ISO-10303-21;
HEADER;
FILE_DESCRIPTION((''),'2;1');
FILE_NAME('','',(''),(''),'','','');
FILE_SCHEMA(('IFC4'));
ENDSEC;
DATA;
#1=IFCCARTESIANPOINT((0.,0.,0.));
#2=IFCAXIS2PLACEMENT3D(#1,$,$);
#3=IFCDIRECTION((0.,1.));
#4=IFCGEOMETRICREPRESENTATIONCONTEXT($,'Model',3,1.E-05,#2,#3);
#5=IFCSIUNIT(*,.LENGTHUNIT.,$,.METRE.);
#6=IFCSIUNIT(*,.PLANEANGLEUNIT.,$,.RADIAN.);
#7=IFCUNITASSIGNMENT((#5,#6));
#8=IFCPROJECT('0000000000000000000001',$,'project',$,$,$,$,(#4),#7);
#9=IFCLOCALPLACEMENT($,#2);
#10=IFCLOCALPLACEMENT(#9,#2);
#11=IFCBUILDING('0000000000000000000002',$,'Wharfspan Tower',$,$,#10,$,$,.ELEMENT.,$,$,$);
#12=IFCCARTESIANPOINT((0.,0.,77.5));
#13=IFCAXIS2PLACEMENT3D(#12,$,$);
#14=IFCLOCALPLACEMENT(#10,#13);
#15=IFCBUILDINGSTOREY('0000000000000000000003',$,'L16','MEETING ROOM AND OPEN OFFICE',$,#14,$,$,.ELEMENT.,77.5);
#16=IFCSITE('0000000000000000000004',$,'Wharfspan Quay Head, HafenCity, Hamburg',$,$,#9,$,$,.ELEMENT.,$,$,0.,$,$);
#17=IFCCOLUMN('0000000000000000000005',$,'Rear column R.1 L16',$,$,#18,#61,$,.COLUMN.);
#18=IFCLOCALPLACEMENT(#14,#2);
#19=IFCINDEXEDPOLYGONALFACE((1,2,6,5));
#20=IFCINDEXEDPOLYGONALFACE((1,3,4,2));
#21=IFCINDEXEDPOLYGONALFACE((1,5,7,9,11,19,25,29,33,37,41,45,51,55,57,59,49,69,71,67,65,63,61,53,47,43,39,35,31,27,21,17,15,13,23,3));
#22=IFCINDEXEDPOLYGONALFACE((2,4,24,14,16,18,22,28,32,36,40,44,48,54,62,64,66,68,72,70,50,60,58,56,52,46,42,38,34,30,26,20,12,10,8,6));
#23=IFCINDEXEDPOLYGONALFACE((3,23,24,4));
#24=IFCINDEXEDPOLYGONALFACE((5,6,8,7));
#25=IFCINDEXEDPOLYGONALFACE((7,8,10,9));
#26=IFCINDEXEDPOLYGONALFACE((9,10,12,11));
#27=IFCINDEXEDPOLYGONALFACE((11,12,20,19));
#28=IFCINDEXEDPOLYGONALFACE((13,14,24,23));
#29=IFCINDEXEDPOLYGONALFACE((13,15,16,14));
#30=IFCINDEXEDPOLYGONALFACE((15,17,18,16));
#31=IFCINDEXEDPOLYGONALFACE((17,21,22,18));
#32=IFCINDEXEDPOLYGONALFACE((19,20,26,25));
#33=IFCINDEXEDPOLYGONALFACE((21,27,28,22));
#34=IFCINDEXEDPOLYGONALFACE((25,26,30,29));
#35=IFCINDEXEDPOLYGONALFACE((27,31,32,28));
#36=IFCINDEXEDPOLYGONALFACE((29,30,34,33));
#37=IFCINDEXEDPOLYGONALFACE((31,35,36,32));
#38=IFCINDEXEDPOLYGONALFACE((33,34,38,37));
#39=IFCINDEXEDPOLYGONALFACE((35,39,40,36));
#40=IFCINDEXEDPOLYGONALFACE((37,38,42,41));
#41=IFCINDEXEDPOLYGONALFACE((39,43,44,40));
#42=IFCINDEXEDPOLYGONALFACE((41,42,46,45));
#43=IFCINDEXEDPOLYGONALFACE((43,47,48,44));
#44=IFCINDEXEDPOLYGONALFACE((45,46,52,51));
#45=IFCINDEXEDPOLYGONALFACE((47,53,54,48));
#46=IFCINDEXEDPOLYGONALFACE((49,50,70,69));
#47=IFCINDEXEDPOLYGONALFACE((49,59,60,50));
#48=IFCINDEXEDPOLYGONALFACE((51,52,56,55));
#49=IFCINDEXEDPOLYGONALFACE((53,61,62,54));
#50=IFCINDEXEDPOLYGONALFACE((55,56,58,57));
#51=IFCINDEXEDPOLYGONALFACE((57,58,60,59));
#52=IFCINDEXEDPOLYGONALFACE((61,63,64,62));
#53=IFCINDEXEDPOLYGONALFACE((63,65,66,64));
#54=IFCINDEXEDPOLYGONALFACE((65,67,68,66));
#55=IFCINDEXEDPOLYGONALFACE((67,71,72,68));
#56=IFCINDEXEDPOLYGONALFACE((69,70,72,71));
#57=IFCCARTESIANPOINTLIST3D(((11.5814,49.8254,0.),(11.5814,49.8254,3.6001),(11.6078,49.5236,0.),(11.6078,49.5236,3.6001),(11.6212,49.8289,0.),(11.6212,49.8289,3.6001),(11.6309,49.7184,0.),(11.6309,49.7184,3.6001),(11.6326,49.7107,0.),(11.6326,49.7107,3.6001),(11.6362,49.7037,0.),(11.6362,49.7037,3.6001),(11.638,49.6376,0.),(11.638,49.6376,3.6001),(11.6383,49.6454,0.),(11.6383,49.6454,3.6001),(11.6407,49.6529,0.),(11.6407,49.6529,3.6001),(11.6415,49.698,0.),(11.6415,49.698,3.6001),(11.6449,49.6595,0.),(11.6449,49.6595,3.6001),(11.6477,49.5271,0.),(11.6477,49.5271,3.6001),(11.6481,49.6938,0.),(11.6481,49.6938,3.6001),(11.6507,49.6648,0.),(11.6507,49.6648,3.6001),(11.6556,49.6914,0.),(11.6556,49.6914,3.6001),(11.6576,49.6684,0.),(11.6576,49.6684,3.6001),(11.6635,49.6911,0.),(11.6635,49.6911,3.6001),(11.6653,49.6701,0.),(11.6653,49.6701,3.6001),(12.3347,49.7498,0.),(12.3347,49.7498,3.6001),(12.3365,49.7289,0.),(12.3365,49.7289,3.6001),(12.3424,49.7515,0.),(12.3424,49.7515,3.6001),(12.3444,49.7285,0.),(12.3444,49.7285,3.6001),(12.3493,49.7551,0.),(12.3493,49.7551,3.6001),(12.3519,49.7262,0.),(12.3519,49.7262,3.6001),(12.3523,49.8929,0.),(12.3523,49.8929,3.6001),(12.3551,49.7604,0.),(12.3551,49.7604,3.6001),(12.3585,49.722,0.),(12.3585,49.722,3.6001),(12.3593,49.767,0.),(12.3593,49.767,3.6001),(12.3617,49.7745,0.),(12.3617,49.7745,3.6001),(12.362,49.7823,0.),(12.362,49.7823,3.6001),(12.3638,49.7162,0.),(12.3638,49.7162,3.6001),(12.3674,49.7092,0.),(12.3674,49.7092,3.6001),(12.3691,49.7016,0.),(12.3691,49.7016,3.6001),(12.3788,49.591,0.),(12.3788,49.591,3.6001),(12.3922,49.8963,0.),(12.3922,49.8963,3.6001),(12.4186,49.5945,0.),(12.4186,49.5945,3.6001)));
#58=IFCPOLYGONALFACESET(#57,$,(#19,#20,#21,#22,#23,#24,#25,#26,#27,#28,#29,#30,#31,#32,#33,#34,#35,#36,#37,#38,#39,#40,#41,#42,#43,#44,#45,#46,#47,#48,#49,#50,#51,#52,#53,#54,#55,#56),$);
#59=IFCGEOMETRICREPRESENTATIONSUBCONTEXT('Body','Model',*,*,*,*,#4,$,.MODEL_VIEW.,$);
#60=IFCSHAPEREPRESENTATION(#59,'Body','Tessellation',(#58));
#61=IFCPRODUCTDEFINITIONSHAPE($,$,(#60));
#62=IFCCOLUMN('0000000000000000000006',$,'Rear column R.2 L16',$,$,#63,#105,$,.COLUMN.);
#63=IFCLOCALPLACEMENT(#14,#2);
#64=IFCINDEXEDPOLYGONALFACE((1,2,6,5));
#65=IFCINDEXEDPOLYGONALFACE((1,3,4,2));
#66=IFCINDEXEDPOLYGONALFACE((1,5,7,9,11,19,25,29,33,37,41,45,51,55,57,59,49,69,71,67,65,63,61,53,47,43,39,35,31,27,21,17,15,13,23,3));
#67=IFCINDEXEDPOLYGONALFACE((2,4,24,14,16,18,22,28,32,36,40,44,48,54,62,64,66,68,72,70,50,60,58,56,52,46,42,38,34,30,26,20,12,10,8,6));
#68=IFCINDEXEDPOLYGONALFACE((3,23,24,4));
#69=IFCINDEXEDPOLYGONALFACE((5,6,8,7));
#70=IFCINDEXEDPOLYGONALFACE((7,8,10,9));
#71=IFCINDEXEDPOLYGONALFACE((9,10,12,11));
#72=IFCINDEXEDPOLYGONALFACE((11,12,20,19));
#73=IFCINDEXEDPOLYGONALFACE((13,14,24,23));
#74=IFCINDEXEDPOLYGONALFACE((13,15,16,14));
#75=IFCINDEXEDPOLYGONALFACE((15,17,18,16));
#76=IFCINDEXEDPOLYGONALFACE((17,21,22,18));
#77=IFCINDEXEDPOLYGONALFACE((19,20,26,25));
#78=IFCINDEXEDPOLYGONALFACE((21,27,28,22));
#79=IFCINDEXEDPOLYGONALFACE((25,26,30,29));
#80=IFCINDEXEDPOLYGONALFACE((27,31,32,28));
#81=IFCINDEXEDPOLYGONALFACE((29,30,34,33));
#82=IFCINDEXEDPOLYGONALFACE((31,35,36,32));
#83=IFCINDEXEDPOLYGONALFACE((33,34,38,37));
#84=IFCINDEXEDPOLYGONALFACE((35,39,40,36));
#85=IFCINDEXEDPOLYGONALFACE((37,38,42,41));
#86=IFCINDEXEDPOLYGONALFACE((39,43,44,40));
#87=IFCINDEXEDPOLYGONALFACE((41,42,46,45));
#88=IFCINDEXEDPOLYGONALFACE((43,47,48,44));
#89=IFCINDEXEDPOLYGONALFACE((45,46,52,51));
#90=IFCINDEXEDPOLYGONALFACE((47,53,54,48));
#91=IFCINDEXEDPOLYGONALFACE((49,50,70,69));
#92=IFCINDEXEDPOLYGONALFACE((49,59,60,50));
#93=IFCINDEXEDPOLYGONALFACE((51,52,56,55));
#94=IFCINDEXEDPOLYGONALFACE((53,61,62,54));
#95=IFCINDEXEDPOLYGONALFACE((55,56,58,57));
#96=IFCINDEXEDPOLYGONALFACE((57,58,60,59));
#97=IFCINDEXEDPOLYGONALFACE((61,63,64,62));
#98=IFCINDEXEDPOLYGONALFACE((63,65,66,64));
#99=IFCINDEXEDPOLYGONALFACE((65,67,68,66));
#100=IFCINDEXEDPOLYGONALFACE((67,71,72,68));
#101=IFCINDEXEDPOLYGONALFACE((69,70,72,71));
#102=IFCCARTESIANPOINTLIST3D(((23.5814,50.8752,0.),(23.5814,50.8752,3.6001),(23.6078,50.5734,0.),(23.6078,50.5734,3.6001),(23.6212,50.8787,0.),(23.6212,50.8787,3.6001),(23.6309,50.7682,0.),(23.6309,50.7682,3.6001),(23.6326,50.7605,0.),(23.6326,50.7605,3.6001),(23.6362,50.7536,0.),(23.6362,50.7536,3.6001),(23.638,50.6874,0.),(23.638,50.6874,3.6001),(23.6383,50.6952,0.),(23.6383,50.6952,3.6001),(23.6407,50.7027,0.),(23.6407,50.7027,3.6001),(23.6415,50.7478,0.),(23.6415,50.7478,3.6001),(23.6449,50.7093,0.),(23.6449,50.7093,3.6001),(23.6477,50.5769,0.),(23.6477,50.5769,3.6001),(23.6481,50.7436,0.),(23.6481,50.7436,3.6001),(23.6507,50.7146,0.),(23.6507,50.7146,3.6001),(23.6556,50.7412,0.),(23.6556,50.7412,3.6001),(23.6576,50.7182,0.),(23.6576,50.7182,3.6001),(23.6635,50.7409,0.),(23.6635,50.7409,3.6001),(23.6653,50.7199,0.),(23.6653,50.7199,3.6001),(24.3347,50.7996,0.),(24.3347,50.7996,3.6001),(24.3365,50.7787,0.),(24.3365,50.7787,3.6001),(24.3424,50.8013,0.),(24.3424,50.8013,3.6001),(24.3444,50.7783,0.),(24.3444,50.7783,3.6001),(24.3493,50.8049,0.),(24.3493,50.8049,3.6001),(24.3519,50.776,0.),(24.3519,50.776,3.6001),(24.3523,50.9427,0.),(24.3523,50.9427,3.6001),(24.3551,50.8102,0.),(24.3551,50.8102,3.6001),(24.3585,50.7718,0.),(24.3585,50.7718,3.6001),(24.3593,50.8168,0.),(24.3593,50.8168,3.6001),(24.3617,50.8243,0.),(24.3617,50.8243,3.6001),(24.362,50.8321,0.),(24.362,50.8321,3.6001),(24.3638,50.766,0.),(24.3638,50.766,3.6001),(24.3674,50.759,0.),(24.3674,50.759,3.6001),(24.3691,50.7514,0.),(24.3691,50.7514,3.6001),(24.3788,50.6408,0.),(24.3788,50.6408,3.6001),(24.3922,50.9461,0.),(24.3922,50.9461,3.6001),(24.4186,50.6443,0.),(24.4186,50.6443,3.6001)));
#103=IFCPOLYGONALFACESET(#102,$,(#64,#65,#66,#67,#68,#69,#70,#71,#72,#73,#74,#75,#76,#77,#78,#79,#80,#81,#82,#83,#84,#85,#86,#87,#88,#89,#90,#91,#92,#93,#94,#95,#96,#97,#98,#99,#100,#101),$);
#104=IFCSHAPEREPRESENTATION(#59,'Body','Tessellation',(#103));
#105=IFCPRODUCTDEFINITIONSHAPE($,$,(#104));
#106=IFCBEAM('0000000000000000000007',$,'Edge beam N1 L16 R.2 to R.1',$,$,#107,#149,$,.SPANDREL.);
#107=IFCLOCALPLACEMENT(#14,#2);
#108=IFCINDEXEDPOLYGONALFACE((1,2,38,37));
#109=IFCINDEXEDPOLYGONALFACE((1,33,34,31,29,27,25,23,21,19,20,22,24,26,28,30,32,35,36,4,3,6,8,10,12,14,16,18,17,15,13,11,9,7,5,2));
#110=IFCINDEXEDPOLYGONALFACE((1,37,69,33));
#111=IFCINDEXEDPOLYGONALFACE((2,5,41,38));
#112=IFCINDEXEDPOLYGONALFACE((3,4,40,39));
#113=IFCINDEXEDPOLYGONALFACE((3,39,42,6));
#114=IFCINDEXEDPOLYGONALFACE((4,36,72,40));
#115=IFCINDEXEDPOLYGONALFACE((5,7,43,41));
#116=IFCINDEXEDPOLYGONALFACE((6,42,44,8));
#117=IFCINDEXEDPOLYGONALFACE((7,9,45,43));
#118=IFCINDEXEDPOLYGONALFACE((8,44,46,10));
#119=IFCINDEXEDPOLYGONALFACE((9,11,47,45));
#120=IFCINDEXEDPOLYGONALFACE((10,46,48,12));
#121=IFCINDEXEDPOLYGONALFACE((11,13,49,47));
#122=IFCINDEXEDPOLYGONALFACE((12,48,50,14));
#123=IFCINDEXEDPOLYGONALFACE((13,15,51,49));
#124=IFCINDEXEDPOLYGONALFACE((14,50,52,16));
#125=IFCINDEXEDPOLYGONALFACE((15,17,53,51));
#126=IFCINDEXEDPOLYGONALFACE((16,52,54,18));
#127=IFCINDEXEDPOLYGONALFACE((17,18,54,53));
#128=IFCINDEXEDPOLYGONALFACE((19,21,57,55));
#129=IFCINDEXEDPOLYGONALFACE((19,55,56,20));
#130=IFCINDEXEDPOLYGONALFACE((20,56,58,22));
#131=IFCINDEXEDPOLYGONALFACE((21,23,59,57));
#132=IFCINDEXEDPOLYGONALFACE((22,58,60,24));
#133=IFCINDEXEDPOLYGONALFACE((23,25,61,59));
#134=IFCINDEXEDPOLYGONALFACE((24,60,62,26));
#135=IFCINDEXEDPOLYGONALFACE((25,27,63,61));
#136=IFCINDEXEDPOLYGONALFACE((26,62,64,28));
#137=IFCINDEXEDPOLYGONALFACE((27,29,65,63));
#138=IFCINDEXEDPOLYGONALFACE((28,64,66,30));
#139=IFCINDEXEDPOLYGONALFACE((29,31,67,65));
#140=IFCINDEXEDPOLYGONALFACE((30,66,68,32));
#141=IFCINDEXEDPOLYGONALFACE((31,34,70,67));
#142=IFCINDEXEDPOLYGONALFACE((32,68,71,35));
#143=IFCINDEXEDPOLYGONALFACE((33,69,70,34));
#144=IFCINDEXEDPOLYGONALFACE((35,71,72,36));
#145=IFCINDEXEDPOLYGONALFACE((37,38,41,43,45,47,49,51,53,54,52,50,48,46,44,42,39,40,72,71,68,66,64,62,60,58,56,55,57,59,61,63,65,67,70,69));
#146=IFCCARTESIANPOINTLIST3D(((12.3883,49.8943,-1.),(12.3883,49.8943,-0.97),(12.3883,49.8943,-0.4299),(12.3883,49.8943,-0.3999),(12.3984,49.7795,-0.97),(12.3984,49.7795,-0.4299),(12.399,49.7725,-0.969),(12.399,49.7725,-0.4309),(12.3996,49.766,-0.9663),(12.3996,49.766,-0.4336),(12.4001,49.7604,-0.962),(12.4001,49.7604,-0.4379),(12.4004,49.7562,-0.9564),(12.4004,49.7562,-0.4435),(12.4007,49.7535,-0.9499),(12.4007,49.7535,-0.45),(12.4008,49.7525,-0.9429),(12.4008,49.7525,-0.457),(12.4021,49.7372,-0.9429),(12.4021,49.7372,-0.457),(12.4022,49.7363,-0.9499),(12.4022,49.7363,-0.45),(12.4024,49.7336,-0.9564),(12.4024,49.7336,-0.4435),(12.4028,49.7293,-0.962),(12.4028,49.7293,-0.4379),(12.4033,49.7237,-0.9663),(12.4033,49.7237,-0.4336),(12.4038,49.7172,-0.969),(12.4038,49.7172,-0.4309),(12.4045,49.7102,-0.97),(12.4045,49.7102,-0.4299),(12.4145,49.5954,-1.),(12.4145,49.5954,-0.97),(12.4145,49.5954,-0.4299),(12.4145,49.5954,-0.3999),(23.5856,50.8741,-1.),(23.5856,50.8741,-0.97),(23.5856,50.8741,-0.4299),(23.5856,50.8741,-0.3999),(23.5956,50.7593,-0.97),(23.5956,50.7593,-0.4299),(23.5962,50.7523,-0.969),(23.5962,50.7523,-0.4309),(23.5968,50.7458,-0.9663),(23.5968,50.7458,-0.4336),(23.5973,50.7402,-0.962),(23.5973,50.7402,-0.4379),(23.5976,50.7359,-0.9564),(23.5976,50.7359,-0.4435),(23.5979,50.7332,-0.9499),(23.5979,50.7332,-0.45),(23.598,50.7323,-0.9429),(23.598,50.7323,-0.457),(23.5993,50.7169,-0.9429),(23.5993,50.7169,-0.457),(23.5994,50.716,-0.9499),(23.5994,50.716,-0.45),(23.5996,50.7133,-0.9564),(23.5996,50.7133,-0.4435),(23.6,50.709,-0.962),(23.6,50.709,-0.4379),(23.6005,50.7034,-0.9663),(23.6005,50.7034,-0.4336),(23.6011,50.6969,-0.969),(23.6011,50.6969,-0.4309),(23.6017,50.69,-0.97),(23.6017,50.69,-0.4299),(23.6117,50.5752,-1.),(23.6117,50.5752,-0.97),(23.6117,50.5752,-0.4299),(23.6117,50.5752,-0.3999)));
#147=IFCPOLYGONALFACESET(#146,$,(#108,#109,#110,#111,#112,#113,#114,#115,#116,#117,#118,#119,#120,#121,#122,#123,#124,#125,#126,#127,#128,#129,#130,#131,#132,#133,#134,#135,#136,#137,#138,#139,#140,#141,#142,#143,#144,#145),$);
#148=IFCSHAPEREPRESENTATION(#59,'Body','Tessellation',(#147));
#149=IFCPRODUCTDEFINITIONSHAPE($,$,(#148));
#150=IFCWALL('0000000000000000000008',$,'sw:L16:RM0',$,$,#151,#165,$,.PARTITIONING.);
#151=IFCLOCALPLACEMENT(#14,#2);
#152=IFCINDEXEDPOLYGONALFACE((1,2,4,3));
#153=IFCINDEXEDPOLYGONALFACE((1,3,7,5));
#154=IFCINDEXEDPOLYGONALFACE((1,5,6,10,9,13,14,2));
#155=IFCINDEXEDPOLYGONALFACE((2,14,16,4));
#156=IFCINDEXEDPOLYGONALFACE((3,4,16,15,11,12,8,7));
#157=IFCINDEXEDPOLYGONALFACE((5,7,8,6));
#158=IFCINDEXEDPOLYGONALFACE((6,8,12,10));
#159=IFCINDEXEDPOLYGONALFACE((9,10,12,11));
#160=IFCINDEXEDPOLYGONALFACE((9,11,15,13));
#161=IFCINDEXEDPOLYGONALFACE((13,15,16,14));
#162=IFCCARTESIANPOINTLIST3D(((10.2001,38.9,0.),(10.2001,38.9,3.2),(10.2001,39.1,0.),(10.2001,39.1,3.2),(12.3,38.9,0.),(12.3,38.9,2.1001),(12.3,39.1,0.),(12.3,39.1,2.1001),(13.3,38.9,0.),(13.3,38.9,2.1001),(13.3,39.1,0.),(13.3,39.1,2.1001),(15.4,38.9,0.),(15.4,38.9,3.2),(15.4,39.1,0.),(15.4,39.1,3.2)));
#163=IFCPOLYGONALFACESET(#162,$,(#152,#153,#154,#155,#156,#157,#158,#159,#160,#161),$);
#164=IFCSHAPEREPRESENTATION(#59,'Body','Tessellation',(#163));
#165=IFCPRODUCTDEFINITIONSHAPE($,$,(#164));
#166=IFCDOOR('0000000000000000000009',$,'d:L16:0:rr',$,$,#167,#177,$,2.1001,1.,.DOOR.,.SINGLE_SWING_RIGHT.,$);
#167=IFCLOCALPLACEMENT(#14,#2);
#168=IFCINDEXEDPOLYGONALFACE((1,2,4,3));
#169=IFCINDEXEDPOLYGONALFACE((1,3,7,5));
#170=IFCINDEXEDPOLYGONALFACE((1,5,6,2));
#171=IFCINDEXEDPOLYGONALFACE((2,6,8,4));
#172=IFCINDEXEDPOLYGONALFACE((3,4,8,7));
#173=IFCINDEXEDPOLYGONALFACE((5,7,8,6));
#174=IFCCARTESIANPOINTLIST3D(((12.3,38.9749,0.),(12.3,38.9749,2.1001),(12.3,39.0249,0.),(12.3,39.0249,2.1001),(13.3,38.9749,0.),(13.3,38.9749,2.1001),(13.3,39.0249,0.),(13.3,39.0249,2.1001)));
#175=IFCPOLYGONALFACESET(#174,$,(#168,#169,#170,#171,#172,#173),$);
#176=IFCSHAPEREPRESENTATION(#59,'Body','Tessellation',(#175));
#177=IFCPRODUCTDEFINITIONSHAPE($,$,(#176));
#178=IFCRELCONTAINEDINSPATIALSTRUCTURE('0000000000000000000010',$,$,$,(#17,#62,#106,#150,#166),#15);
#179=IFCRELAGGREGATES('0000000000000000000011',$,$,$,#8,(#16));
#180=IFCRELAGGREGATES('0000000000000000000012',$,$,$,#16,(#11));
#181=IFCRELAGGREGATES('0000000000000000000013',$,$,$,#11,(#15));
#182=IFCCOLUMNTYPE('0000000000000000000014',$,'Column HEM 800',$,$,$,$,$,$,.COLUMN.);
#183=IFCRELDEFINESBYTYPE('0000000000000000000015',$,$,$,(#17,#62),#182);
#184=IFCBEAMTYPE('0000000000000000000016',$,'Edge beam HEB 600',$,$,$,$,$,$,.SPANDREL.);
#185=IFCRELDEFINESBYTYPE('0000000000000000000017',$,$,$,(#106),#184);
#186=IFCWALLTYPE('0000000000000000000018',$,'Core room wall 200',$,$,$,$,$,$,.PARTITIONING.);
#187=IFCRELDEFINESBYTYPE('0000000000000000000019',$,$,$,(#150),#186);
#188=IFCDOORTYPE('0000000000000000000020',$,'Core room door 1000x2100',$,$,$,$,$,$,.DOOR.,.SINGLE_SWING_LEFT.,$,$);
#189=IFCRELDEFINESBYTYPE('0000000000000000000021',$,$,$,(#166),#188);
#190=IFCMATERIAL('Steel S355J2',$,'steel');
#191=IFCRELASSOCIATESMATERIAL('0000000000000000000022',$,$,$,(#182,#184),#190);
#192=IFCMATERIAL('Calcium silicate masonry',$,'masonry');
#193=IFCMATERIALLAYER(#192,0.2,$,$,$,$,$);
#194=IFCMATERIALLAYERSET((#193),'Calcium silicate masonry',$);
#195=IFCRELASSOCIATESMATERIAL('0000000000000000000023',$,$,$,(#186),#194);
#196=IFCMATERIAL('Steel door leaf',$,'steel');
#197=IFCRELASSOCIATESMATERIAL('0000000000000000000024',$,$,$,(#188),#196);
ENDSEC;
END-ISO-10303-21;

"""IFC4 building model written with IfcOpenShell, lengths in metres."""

from ifc_helpers import new_model, si_unit, direction, frame, frame_2d, origin, origin_2d, place, context, subcontext, project, spatial, rectangle, i_section, extrude, material, layer, layer_set, material_profile, profile_set, type_object, element, fill, save


model = new_model("IFC4")

# Units and contexts
model_context = context("Model", 3, precision=1e-05, world=origin(), true_north=direction((0.0, 1.0)))
body_context = subcontext(model_context, "Body", "Model", "MODEL_VIEW")
ifc_project = project(units=[si_unit("LENGTHUNIT", "METRE"), si_unit("PLANEANGLEUNIT", "RADIAN")], contexts=[model_context])

# Site, building, storey
site_placement = place(None, origin())
site = spatial("IfcSite", under=ifc_project, at=site_placement, Name="Wharfspan Quay Head, HafenCity, Hamburg", CompositionType="ELEMENT", RefElevation=0.0)
building_placement = place(site_placement, origin())
building = spatial("IfcBuilding", under=site, at=building_placement, Name="Wharfspan Tower", CompositionType="ELEMENT")
storey_placement = place(building_placement, frame((0.0, 0.0, 77.5)))
storey = spatial("IfcBuildingStorey", under=building, at=storey_placement, Name="L16", Description="MEETING ROOM AND OPEN OFFICE", CompositionType="ELEMENT", Elevation=77.5)

# Columns
ifc_material_1 = material(Name="Steel S355J2", Category="steel")
ifc_material_profile_1 = material_profile(ifc_material_1, i_section(OverallWidth=0.303, OverallDepth=0.814, WebThickness=0.021, FlangeThickness=0.04, FilletRadius=0.03, at=origin_2d()))
ifc_profile_set_1 = profile_set([ifc_material_profile_1], Name="Steel S355J2")
column_type = type_object("IfcColumnType", Name="Column HEM 800", PredefinedType="COLUMN", material=ifc_profile_set_1)
for number, where, z_axis, x_axis, name in (
    (1, (12.0, 49.71, 0.0), (0.0, 0.0, 1.0), (-0.087156, 0.996197, 0.0), "Rear column R.1 L16"),
    (2, (24.0, 50.7598, 0.0), (0.0, 0.0, 1.0), (-0.087156, 0.996197, 0.0), "Rear column R.2 L16"),
):
    element("IfcColumn", number, at=place(storey_placement, frame(where, z_axis=z_axis, x_axis=x_axis)), inside=storey, type_object=column_type, Name=name, PredefinedType="COLUMN", context=body_context, shape_type="SweptSolid", body=[
        extrude(i_section(OverallWidth=0.303, OverallDepth=0.814, WebThickness=0.021, FlangeThickness=0.04, FilletRadius=0.03, at=origin_2d()), origin(), (0.0, 0.0, 1.0), 3.6001),
    ])

# Beam
ifc_material_profile_2 = material_profile(ifc_material_1, i_section(OverallWidth=0.3, OverallDepth=0.6001, WebThickness=0.0154, FlangeThickness=0.03, FilletRadius=0.0271, at=origin_2d()))
ifc_profile_set_2 = profile_set([ifc_material_profile_2], Name="Steel S355J2")
beam_type = type_object("IfcBeamType", Name="Edge beam HEB 600", PredefinedType="SPANDREL", material=ifc_profile_set_2)
beam_placement = place(storey_placement, frame((23.5986, 50.7246, -0.7), z_axis=(-0.996194, -0.087165, 0.0), x_axis=(0.087165, -0.996194, 0.0)))
element("IfcBeam", 3, at=beam_placement, inside=storey, type_object=beam_type, Name="Edge beam N1 L16 R.2 to R.1", PredefinedType="SPANDREL", context=body_context, shape_type="SweptSolid", body=[
    extrude(i_section(OverallWidth=0.3, OverallDepth=0.6001, WebThickness=0.0154, FlangeThickness=0.03, FilletRadius=0.0271, at=origin_2d()), origin(), (0.0, 0.0, 1.0), 11.24),
])

# Wall, opening, door
ifc_material_2 = material(Name="Calcium silicate masonry", Category="masonry")
ifc_layer_1 = layer(ifc_material_2, 0.2)
ifc_layer_set_1 = layer_set([ifc_layer_1], Name="Calcium silicate masonry")
wall_type_1 = type_object("IfcWallType", Name="Core room wall 200", PredefinedType="PARTITIONING", material=ifc_layer_set_1)
wall_1_placement = place(storey_placement, frame((10.2, 39.0, 0.0), z_axis=(0.0, 0.0, 1.0), x_axis=(1.0, 0.0, 0.0)))
wall_1 = element("IfcWall", 4, at=wall_1_placement, inside=storey, type_object=wall_type_1, Name="sw:L16:RM0", PredefinedType="PARTITIONING", context=body_context, shape_type="SweptSolid", body=[
    extrude(rectangle(XDim=5.2, YDim=0.2, at=frame_2d((2.6001, 0.0))), origin(), (0.0, 0.0, 1.0), 3.2),
])
opening_1_placement = place(wall_1_placement, frame((2.1001, 0.0, 0.0)))
opening_1 = element("IfcOpeningElement", 5, at=opening_1_placement, cuts=wall_1, PredefinedType="OPENING", context=body_context, shape_type="SweptSolid", body=[
    extrude(rectangle(XDim=1.0, YDim=2.1001, at=frame_2d((0.5, 1.05))), frame((0.0, 0.1099, 0.0), z_axis=(0.0, -1.0, 0.0), x_axis=(1.0, 0.0, 0.0)), (0.0, 0.0, 1.0), 0.22),
])
ifc_material_3 = material(Name="Steel door leaf", Category="steel")
door_type_1 = type_object("IfcDoorType", Name="Core room door 1000x2100", OperationType="SINGLE_SWING_LEFT", PredefinedType="DOOR", material=ifc_material_3)
door_1_placement = place(opening_1_placement, origin())
door_1 = element("IfcDoor", 6, at=door_1_placement, inside=storey, type_object=door_type_1, Name="d:L16:0:rr", OperationType="SINGLE_SWING_RIGHT", OverallHeight=2.1001, OverallWidth=1.0, PredefinedType="DOOR", context=body_context, shape_type="SweptSolid", body=[
    extrude(rectangle(XDim=1.0, YDim=2.1001, at=frame_2d((0.5, 1.05))), frame((0.0, 0.0249, 0.0), z_axis=(0.0, -1.0, 0.0), x_axis=(1.0, 0.0, 0.0)), (0.0, 0.0, 1.0), 0.05),
])
fill(opening_1, door_1)

save(model, "model.ifc")
